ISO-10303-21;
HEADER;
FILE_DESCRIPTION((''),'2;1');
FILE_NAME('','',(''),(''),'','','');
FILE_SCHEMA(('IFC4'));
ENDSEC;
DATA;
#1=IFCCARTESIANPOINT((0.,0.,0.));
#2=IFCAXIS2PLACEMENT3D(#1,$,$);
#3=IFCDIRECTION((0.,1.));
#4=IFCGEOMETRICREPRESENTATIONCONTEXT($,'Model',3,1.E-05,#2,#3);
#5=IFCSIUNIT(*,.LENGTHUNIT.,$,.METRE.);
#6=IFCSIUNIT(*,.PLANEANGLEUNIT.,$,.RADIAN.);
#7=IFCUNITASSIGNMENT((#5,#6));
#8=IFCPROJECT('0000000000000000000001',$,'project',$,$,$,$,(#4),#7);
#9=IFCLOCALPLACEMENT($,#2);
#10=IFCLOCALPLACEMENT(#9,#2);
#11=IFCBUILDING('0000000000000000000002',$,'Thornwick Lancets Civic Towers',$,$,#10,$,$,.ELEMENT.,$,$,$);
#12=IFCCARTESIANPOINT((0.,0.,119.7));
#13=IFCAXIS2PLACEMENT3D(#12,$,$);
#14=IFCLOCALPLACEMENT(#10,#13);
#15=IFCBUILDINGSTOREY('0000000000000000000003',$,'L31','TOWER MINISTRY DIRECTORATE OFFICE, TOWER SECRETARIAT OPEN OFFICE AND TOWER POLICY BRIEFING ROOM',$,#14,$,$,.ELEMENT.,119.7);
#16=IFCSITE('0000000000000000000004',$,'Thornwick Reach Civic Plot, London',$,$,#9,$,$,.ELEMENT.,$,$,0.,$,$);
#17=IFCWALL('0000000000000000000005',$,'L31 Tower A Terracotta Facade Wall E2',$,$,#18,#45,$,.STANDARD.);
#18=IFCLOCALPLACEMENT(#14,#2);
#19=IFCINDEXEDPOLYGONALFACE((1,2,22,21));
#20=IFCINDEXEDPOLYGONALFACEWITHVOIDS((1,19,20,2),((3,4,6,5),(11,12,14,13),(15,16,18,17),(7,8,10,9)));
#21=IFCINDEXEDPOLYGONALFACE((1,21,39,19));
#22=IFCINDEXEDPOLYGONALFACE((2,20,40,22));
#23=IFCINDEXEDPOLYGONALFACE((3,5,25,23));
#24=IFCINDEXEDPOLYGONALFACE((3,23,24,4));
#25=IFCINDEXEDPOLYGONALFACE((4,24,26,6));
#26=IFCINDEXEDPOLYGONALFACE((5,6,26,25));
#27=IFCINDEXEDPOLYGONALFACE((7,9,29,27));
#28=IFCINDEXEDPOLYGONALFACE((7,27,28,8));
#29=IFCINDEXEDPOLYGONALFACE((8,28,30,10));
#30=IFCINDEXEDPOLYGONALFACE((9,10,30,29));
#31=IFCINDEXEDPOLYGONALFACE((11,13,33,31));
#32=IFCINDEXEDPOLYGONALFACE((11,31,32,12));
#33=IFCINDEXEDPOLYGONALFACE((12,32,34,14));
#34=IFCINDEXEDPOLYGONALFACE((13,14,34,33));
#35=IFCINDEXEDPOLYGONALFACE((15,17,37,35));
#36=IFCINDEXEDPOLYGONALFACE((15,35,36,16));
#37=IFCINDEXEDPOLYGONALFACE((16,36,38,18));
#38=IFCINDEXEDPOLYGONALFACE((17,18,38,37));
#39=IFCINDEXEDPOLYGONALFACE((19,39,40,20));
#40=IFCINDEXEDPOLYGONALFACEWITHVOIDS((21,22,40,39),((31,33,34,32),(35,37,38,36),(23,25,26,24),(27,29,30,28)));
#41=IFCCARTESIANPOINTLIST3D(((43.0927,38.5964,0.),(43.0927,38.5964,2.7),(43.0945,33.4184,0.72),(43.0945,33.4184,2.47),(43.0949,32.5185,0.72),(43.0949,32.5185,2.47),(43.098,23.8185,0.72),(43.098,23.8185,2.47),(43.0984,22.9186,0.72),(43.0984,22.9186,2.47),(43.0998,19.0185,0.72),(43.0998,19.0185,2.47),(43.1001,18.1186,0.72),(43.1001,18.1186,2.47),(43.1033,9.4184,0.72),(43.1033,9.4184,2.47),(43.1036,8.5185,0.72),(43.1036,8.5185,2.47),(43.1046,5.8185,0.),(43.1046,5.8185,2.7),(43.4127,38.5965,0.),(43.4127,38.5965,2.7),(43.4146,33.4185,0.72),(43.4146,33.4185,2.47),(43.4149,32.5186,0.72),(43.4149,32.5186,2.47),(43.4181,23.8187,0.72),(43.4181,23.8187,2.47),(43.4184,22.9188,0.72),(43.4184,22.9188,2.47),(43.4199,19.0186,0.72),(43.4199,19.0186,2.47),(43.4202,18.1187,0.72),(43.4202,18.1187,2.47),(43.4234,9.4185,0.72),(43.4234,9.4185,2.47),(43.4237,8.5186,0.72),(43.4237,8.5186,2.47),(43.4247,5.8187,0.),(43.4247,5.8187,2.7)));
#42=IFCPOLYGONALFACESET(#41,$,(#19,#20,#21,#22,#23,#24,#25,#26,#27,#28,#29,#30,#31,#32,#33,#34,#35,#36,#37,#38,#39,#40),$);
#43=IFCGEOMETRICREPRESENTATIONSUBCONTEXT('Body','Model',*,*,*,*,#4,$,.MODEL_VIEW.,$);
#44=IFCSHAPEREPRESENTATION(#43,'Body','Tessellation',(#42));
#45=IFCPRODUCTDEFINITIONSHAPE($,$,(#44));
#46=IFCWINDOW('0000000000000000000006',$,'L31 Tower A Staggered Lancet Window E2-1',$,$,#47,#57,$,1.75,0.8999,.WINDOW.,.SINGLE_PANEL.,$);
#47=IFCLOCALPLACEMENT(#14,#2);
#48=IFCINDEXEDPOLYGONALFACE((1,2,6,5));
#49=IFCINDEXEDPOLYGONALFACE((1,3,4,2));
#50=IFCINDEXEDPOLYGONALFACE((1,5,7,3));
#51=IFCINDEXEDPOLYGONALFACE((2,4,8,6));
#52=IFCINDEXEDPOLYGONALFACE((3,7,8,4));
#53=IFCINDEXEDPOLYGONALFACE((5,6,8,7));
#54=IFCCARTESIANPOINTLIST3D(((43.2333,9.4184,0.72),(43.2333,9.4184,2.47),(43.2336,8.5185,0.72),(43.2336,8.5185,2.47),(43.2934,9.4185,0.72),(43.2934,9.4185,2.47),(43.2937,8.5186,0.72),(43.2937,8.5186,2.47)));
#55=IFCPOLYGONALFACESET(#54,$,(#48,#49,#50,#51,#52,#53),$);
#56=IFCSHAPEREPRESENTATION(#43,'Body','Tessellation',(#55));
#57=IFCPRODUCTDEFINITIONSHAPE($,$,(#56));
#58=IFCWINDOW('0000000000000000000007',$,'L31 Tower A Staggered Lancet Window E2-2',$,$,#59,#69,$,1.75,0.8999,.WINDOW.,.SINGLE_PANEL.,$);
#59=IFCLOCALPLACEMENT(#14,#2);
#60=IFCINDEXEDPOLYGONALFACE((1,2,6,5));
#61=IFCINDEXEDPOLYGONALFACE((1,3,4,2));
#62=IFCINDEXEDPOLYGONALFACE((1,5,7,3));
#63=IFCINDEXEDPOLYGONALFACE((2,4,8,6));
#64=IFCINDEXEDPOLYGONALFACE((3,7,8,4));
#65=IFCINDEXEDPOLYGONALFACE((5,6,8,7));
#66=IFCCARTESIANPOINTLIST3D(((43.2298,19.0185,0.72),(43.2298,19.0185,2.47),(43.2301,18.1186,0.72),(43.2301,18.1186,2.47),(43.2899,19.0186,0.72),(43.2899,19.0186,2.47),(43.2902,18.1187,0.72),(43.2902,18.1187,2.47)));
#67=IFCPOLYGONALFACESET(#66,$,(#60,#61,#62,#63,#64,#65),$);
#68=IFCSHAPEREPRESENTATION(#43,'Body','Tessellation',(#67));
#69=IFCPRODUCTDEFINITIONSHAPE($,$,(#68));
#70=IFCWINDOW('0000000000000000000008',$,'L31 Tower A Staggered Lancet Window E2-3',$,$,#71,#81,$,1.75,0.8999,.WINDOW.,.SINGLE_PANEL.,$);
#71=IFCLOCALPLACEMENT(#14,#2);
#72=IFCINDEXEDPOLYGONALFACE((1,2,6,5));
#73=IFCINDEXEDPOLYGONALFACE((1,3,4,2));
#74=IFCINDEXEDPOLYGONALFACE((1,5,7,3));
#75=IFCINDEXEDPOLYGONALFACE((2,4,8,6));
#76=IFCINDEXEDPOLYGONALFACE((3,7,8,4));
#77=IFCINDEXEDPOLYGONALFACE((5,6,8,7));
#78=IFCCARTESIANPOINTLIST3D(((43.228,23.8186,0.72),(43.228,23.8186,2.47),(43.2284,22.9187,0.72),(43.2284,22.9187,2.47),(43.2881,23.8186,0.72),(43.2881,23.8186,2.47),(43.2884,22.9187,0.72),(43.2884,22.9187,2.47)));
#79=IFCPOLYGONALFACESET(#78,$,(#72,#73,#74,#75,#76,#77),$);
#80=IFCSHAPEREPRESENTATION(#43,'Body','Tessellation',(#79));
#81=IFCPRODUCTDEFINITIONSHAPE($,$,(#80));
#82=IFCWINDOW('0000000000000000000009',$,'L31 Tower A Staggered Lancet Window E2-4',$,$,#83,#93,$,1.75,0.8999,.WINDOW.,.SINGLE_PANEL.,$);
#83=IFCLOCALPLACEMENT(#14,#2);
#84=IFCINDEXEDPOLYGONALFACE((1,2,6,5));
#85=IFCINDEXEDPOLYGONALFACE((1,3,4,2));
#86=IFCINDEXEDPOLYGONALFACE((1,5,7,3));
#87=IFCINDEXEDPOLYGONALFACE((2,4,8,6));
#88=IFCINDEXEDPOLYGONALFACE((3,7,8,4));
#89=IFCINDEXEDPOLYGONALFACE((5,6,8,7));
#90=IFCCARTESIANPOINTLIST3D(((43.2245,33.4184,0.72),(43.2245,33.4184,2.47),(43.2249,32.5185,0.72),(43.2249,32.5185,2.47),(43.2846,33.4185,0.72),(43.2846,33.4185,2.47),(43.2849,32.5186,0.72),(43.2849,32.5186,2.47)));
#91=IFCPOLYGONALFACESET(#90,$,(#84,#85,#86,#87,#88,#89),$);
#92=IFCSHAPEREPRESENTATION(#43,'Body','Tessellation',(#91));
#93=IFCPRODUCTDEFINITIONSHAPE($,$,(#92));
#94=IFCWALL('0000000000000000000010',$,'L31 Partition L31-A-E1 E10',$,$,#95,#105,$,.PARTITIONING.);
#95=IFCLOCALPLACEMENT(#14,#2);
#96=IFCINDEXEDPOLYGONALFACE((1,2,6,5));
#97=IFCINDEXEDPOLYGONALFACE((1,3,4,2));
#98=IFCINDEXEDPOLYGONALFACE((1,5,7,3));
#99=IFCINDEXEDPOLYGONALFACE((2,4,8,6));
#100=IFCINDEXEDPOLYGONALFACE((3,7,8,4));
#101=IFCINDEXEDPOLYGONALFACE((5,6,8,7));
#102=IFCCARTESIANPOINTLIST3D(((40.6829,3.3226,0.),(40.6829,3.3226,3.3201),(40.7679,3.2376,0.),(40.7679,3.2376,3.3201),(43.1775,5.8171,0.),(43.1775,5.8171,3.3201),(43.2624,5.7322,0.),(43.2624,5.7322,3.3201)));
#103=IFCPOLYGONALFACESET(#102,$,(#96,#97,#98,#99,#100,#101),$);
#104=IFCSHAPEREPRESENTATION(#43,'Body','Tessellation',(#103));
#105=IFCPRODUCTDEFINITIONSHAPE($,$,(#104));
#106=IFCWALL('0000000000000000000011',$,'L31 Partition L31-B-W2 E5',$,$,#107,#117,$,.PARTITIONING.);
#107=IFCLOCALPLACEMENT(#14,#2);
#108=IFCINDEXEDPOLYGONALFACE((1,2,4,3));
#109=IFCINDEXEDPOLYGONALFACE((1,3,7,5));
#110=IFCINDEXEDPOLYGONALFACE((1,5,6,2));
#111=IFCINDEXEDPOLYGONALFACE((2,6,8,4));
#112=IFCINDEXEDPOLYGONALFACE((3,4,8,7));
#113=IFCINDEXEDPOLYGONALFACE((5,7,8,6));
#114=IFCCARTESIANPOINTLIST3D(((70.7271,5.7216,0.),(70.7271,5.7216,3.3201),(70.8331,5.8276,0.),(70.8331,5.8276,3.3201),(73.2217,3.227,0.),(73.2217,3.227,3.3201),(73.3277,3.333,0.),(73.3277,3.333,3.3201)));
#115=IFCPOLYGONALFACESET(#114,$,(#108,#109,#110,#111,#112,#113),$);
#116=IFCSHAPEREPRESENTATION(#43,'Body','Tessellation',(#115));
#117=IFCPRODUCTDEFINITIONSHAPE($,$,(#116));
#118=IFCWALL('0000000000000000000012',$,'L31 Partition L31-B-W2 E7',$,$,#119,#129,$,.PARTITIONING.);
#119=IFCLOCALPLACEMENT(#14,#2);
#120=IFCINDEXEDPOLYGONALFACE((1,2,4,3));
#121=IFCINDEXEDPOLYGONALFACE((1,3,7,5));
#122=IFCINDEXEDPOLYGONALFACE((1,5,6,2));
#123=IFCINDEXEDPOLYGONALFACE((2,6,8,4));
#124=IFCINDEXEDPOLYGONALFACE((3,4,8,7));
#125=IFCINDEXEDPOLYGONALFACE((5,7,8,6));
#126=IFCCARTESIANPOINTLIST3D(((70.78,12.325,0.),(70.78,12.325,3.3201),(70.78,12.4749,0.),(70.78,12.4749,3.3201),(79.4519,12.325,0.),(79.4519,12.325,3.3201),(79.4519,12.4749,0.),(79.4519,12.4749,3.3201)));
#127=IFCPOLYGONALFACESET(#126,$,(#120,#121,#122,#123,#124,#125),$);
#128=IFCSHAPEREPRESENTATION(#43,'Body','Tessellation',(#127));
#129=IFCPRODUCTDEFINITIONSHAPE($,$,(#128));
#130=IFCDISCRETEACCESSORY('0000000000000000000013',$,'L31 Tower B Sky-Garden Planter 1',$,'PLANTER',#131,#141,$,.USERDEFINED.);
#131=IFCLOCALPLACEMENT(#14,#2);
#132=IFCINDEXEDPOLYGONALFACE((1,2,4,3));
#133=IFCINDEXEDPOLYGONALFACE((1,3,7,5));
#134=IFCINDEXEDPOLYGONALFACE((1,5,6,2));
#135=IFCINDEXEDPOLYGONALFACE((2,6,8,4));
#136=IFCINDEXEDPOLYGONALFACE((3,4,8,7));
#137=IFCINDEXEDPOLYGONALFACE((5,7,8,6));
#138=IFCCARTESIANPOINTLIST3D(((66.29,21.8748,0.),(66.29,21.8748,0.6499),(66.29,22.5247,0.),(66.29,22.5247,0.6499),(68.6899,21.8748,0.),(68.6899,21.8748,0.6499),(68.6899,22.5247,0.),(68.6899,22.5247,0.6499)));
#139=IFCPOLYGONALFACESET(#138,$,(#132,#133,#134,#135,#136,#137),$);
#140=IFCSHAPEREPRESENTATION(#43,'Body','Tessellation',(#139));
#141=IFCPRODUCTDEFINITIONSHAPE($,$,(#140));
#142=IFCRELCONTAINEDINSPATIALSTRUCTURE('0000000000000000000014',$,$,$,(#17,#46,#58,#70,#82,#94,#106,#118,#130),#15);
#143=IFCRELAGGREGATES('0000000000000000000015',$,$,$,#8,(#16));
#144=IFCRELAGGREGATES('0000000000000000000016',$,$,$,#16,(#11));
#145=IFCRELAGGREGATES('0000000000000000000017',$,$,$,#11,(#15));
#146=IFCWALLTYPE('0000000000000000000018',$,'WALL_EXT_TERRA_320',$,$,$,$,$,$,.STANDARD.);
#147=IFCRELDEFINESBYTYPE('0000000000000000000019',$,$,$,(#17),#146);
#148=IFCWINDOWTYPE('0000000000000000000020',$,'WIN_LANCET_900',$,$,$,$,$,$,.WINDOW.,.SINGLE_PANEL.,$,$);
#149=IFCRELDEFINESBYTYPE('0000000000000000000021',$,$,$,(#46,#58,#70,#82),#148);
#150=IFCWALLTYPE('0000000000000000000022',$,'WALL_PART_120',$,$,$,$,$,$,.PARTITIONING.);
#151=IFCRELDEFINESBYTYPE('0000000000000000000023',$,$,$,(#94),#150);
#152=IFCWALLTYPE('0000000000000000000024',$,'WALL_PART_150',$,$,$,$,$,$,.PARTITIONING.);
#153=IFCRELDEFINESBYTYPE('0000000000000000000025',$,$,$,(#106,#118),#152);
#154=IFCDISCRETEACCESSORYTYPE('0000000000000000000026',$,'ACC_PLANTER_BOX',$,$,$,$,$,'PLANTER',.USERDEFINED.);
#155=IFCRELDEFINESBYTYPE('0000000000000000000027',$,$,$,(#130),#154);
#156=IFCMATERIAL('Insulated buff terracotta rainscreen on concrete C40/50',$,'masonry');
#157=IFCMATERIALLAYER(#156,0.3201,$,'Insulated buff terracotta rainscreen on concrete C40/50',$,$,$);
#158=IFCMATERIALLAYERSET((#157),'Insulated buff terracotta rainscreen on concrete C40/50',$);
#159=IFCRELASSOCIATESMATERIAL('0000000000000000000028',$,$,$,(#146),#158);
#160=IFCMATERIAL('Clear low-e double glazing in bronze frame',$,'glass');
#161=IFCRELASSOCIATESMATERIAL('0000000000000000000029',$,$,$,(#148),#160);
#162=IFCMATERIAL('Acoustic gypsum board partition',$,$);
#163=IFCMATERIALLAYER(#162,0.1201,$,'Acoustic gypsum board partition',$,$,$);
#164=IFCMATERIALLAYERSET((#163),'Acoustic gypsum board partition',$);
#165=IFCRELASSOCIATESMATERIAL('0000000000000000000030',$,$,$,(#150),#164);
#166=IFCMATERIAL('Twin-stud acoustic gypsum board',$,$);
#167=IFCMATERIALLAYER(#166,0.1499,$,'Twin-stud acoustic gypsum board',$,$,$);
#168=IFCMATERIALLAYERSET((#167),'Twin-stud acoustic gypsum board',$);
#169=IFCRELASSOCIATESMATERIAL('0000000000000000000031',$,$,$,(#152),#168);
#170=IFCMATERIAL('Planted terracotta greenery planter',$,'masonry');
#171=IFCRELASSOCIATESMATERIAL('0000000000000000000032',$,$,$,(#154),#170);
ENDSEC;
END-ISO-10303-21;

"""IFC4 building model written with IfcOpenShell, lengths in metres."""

from ifc_helpers import new_model, si_unit, direction, frame, frame_2d, origin, origin_2d, place, context, subcontext, project, spatial, rectangle, extrude, material, layer, layer_set, type_object, element, fill, save


model = new_model("IFC4")

# Units and contexts
model_context = context("Model", 3, precision=1e-05, world=origin(), true_north=direction((0.0, 1.0)))
body_context = subcontext(model_context, "Body", "Model", "MODEL_VIEW")
ifc_project = project(units=[si_unit("LENGTHUNIT", "METRE"), si_unit("PLANEANGLEUNIT", "RADIAN")], contexts=[model_context])

# Site, building, storey
site_placement = place(None, origin())
site = spatial("IfcSite", under=ifc_project, at=site_placement, Name="Thornwick Reach Civic Plot, London", CompositionType="ELEMENT", RefElevation=0.0)
building_placement = place(site_placement, origin())
building = spatial("IfcBuilding", under=site, at=building_placement, Name="Thornwick Lancets Civic Towers", CompositionType="ELEMENT")
storey_placement = place(building_placement, frame((0.0, 0.0, 119.7)))
storey = spatial("IfcBuildingStorey", under=building, at=storey_placement, Name="L31", Description="TOWER MINISTRY DIRECTORATE OFFICE, TOWER SECRETARIAT OPEN OFFICE AND TOWER POLICY BRIEFING ROOM", CompositionType="ELEMENT", Elevation=119.7)

# Wall, openings, windows
ifc_material_1 = material(Name="Insulated buff terracotta rainscreen on concrete C40/50", Category="masonry")
ifc_layer_1 = layer(ifc_material_1, 0.3201, Name="Insulated buff terracotta rainscreen on concrete C40/50")
ifc_layer_set_1 = layer_set([ifc_layer_1], Name="Insulated buff terracotta rainscreen on concrete C40/50")
wall_type_1 = type_object("IfcWallType", Name="WALL_EXT_TERRA_320", PredefinedType="STANDARD", material=ifc_layer_set_1)
wall_1_placement = place(storey_placement, frame((43.2646, 5.8186, 0.0), z_axis=(0.0, 0.0, 1.0), x_axis=(-0.000365, 1.0, 0.0)))
wall_1 = element("IfcWall", 1, at=wall_1_placement, inside=storey, type_object=wall_type_1, Name="L31 Tower A Terracotta Facade Wall E2", PredefinedType="STANDARD", context=body_context, shape_type="SweptSolid", body=[
    extrude(rectangle(XDim=32.7778, YDim=0.3201, at=frame_2d((16.3889, 0.0))), origin(), (0.0, 0.0, 1.0), 2.7),
])
opening_1_placement = place(wall_1_placement, frame((2.7, 0.0, 0.72)))
opening_1 = element("IfcOpeningElement", 2, at=opening_1_placement, cuts=wall_1, PredefinedType="OPENING", context=body_context, shape_type="SweptSolid", body=[
    extrude(rectangle(XDim=0.8999, YDim=1.75, at=frame_2d((0.45, 0.875))), frame((0.0, 0.1699, 0.0), z_axis=(0.0, -1.0, 0.0), x_axis=(1.0, 0.0, 0.0)), (0.0, 0.0, 1.0), 0.3401),
])
opening_2_placement = place(wall_1_placement, frame((12.3, 0.0, 0.72)))
opening_2 = element("IfcOpeningElement", 3, at=opening_2_placement, cuts=wall_1, PredefinedType="OPENING", context=body_context, shape_type="SweptSolid", body=[
    extrude(rectangle(XDim=0.8999, YDim=1.75, at=frame_2d((0.45, 0.875))), frame((0.0, 0.1699, 0.0), z_axis=(0.0, -1.0, 0.0), x_axis=(1.0, 0.0, 0.0)), (0.0, 0.0, 1.0), 0.3401),
])
opening_3_placement = place(wall_1_placement, frame((17.1001, 0.0, 0.72)))
opening_3 = element("IfcOpeningElement", 4, at=opening_3_placement, cuts=wall_1, PredefinedType="OPENING", context=body_context, shape_type="SweptSolid", body=[
    extrude(rectangle(XDim=0.8999, YDim=1.75, at=frame_2d((0.45, 0.875))), frame((0.0, 0.1699, 0.0), z_axis=(0.0, -1.0, 0.0), x_axis=(1.0, 0.0, 0.0)), (0.0, 0.0, 1.0), 0.3401),
])
opening_4_placement = place(wall_1_placement, frame((26.7, 0.0, 0.72)))
opening_4 = element("IfcOpeningElement", 5, at=opening_4_placement, cuts=wall_1, PredefinedType="OPENING", context=body_context, shape_type="SweptSolid", body=[
    extrude(rectangle(XDim=0.8999, YDim=1.75, at=frame_2d((0.45, 0.875))), frame((0.0, 0.1699, 0.0), z_axis=(0.0, -1.0, 0.0), x_axis=(1.0, 0.0, 0.0)), (0.0, 0.0, 1.0), 0.3401),
])
ifc_material_2 = material(Name="Clear low-e double glazing in bronze frame", Category="glass")
window_type = type_object("IfcWindowType", Name="WIN_LANCET_900", PartitioningType="SINGLE_PANEL", PredefinedType="WINDOW", material=ifc_material_2)
window_1_placement = place(opening_1_placement, origin())
window_1 = element("IfcWindow", 6, at=window_1_placement, inside=storey, type_object=window_type, Name="L31 Tower A Staggered Lancet Window E2-1", OverallHeight=1.75, OverallWidth=0.8999, PartitioningType="SINGLE_PANEL", PredefinedType="WINDOW", context=body_context, shape_type="SweptSolid", body=[
    extrude(rectangle(XDim=0.8999, YDim=1.75, at=frame_2d((0.45, 0.875))), frame((0.0, 0.03, 0.0), z_axis=(0.0, -1.0, 0.0), x_axis=(1.0, 0.0, 0.0)), (0.0, 0.0, 1.0), 0.0601),
])
fill(opening_1, window_1)
window_2_placement = place(opening_2_placement, origin())
window_2 = element("IfcWindow", 7, at=window_2_placement, inside=storey, type_object=window_type, Name="L31 Tower A Staggered Lancet Window E2-2", OverallHeight=1.75, OverallWidth=0.8999, PartitioningType="SINGLE_PANEL", PredefinedType="WINDOW", context=body_context, shape_type="SweptSolid", body=[
    extrude(rectangle(XDim=0.8999, YDim=1.75, at=frame_2d((0.45, 0.875))), frame((0.0, 0.03, 0.0), z_axis=(0.0, -1.0, 0.0), x_axis=(1.0, 0.0, 0.0)), (0.0, 0.0, 1.0), 0.0601),
])
fill(opening_2, window_2)
window_3_placement = place(opening_3_placement, origin())
window_3 = element("IfcWindow", 8, at=window_3_placement, inside=storey, type_object=window_type, Name="L31 Tower A Staggered Lancet Window E2-3", OverallHeight=1.75, OverallWidth=0.8999, PartitioningType="SINGLE_PANEL", PredefinedType="WINDOW", context=body_context, shape_type="SweptSolid", body=[
    extrude(rectangle(XDim=0.8999, YDim=1.75, at=frame_2d((0.45, 0.875))), frame((0.0, 0.03, 0.0), z_axis=(0.0, -1.0, 0.0), x_axis=(1.0, 0.0, 0.0)), (0.0, 0.0, 1.0), 0.0601),
])
fill(opening_3, window_3)
window_4_placement = place(opening_4_placement, origin())
window_4 = element("IfcWindow", 9, at=window_4_placement, inside=storey, type_object=window_type, Name="L31 Tower A Staggered Lancet Window E2-4", OverallHeight=1.75, OverallWidth=0.8999, PartitioningType="SINGLE_PANEL", PredefinedType="WINDOW", context=body_context, shape_type="SweptSolid", body=[
    extrude(rectangle(XDim=0.8999, YDim=1.75, at=frame_2d((0.45, 0.875))), frame((0.0, 0.03, 0.0), z_axis=(0.0, -1.0, 0.0), x_axis=(1.0, 0.0, 0.0)), (0.0, 0.0, 1.0), 0.0601),
])
fill(opening_4, window_4)

# Walls
ifc_material_3 = material(Name="Acoustic gypsum board partition")
ifc_layer_2 = layer(ifc_material_3, 0.1201, Name="Acoustic gypsum board partition")
ifc_layer_set_2 = layer_set([ifc_layer_2], Name="Acoustic gypsum board partition")
wall_type_2 = type_object("IfcWallType", Name="WALL_PART_120", PredefinedType="PARTITIONING", material=ifc_layer_set_2)
wall_2_placement = place(storey_placement, frame((43.22, 5.7747, 0.0), z_axis=(0.0, 0.0, 1.0), x_axis=(-0.707107, -0.707107, 0.0)))
element("IfcWall", 10, at=wall_2_placement, inside=storey, type_object=wall_type_2, Name="L31 Partition L31-A-E1 E10", PredefinedType="PARTITIONING", context=body_context, shape_type="SweptSolid", body=[
    extrude(rectangle(XDim=3.5278, YDim=0.1201, at=frame_2d((1.7639, 0.0))), origin(), (0.0, 0.0, 1.0), 3.3201),
])
ifc_material_4 = material(Name="Twin-stud acoustic gypsum board")
ifc_layer_3 = layer(ifc_material_4, 0.1499, Name="Twin-stud acoustic gypsum board")
ifc_layer_set_3 = layer_set([ifc_layer_3], Name="Twin-stud acoustic gypsum board")
wall_type_3 = type_object("IfcWallType", Name="WALL_PART_150", PredefinedType="PARTITIONING", material=ifc_layer_set_3)
wall_3_placement = place(storey_placement, frame((73.2747, 3.28, 0.0), z_axis=(0.0, 0.0, 1.0), x_axis=(-0.707107, 0.707107, 0.0)))
element("IfcWall", 11, at=wall_3_placement, inside=storey, type_object=wall_type_3, Name="L31 Partition L31-B-W2 E5", PredefinedType="PARTITIONING", context=body_context, shape_type="SweptSolid", body=[
    extrude(rectangle(XDim=3.5278, YDim=0.1499, at=frame_2d((1.7639, 0.0))), origin(), (0.0, 0.0, 1.0), 3.3201),
])
wall_4_placement = place(storey_placement, frame((70.78, 12.3999, 0.0), z_axis=(0.0, 0.0, 1.0), x_axis=(1.0, 0.0, 0.0)))
element("IfcWall", 12, at=wall_4_placement, inside=storey, type_object=wall_type_3, Name="L31 Partition L31-B-W2 E7", PredefinedType="PARTITIONING", context=body_context, shape_type="SweptSolid", body=[
    extrude(rectangle(XDim=8.6719, YDim=0.1499, at=frame_2d((4.3359, 0.0))), origin(), (0.0, 0.0, 1.0), 3.3201),
])

# Discrete accessory
ifc_material_5 = material(Name="Planted terracotta greenery planter", Category="masonry")
discrete_accessory_type = type_object("IfcDiscreteAccessoryType", Name="ACC_PLANTER_BOX", ElementType="PLANTER", PredefinedType="USERDEFINED", material=ifc_material_5)
discrete_accessory_placement = place(storey_placement, frame((67.49, 22.1997, 0.0), z_axis=(0.0, 0.0, 1.0), x_axis=(1.0, 0.0, 0.0)))
element("IfcDiscreteAccessory", 13, at=discrete_accessory_placement, inside=storey, type_object=discrete_accessory_type, Name="L31 Tower B Sky-Garden Planter 1", ObjectType="PLANTER", PredefinedType="USERDEFINED", context=body_context, shape_type="SweptSolid", body=[
    extrude(rectangle(XDim=2.3999, YDim=0.6499, at=origin_2d()), origin(), (0.0, 0.0, 1.0), 0.6499),
])

save(model, "model.ifc")
